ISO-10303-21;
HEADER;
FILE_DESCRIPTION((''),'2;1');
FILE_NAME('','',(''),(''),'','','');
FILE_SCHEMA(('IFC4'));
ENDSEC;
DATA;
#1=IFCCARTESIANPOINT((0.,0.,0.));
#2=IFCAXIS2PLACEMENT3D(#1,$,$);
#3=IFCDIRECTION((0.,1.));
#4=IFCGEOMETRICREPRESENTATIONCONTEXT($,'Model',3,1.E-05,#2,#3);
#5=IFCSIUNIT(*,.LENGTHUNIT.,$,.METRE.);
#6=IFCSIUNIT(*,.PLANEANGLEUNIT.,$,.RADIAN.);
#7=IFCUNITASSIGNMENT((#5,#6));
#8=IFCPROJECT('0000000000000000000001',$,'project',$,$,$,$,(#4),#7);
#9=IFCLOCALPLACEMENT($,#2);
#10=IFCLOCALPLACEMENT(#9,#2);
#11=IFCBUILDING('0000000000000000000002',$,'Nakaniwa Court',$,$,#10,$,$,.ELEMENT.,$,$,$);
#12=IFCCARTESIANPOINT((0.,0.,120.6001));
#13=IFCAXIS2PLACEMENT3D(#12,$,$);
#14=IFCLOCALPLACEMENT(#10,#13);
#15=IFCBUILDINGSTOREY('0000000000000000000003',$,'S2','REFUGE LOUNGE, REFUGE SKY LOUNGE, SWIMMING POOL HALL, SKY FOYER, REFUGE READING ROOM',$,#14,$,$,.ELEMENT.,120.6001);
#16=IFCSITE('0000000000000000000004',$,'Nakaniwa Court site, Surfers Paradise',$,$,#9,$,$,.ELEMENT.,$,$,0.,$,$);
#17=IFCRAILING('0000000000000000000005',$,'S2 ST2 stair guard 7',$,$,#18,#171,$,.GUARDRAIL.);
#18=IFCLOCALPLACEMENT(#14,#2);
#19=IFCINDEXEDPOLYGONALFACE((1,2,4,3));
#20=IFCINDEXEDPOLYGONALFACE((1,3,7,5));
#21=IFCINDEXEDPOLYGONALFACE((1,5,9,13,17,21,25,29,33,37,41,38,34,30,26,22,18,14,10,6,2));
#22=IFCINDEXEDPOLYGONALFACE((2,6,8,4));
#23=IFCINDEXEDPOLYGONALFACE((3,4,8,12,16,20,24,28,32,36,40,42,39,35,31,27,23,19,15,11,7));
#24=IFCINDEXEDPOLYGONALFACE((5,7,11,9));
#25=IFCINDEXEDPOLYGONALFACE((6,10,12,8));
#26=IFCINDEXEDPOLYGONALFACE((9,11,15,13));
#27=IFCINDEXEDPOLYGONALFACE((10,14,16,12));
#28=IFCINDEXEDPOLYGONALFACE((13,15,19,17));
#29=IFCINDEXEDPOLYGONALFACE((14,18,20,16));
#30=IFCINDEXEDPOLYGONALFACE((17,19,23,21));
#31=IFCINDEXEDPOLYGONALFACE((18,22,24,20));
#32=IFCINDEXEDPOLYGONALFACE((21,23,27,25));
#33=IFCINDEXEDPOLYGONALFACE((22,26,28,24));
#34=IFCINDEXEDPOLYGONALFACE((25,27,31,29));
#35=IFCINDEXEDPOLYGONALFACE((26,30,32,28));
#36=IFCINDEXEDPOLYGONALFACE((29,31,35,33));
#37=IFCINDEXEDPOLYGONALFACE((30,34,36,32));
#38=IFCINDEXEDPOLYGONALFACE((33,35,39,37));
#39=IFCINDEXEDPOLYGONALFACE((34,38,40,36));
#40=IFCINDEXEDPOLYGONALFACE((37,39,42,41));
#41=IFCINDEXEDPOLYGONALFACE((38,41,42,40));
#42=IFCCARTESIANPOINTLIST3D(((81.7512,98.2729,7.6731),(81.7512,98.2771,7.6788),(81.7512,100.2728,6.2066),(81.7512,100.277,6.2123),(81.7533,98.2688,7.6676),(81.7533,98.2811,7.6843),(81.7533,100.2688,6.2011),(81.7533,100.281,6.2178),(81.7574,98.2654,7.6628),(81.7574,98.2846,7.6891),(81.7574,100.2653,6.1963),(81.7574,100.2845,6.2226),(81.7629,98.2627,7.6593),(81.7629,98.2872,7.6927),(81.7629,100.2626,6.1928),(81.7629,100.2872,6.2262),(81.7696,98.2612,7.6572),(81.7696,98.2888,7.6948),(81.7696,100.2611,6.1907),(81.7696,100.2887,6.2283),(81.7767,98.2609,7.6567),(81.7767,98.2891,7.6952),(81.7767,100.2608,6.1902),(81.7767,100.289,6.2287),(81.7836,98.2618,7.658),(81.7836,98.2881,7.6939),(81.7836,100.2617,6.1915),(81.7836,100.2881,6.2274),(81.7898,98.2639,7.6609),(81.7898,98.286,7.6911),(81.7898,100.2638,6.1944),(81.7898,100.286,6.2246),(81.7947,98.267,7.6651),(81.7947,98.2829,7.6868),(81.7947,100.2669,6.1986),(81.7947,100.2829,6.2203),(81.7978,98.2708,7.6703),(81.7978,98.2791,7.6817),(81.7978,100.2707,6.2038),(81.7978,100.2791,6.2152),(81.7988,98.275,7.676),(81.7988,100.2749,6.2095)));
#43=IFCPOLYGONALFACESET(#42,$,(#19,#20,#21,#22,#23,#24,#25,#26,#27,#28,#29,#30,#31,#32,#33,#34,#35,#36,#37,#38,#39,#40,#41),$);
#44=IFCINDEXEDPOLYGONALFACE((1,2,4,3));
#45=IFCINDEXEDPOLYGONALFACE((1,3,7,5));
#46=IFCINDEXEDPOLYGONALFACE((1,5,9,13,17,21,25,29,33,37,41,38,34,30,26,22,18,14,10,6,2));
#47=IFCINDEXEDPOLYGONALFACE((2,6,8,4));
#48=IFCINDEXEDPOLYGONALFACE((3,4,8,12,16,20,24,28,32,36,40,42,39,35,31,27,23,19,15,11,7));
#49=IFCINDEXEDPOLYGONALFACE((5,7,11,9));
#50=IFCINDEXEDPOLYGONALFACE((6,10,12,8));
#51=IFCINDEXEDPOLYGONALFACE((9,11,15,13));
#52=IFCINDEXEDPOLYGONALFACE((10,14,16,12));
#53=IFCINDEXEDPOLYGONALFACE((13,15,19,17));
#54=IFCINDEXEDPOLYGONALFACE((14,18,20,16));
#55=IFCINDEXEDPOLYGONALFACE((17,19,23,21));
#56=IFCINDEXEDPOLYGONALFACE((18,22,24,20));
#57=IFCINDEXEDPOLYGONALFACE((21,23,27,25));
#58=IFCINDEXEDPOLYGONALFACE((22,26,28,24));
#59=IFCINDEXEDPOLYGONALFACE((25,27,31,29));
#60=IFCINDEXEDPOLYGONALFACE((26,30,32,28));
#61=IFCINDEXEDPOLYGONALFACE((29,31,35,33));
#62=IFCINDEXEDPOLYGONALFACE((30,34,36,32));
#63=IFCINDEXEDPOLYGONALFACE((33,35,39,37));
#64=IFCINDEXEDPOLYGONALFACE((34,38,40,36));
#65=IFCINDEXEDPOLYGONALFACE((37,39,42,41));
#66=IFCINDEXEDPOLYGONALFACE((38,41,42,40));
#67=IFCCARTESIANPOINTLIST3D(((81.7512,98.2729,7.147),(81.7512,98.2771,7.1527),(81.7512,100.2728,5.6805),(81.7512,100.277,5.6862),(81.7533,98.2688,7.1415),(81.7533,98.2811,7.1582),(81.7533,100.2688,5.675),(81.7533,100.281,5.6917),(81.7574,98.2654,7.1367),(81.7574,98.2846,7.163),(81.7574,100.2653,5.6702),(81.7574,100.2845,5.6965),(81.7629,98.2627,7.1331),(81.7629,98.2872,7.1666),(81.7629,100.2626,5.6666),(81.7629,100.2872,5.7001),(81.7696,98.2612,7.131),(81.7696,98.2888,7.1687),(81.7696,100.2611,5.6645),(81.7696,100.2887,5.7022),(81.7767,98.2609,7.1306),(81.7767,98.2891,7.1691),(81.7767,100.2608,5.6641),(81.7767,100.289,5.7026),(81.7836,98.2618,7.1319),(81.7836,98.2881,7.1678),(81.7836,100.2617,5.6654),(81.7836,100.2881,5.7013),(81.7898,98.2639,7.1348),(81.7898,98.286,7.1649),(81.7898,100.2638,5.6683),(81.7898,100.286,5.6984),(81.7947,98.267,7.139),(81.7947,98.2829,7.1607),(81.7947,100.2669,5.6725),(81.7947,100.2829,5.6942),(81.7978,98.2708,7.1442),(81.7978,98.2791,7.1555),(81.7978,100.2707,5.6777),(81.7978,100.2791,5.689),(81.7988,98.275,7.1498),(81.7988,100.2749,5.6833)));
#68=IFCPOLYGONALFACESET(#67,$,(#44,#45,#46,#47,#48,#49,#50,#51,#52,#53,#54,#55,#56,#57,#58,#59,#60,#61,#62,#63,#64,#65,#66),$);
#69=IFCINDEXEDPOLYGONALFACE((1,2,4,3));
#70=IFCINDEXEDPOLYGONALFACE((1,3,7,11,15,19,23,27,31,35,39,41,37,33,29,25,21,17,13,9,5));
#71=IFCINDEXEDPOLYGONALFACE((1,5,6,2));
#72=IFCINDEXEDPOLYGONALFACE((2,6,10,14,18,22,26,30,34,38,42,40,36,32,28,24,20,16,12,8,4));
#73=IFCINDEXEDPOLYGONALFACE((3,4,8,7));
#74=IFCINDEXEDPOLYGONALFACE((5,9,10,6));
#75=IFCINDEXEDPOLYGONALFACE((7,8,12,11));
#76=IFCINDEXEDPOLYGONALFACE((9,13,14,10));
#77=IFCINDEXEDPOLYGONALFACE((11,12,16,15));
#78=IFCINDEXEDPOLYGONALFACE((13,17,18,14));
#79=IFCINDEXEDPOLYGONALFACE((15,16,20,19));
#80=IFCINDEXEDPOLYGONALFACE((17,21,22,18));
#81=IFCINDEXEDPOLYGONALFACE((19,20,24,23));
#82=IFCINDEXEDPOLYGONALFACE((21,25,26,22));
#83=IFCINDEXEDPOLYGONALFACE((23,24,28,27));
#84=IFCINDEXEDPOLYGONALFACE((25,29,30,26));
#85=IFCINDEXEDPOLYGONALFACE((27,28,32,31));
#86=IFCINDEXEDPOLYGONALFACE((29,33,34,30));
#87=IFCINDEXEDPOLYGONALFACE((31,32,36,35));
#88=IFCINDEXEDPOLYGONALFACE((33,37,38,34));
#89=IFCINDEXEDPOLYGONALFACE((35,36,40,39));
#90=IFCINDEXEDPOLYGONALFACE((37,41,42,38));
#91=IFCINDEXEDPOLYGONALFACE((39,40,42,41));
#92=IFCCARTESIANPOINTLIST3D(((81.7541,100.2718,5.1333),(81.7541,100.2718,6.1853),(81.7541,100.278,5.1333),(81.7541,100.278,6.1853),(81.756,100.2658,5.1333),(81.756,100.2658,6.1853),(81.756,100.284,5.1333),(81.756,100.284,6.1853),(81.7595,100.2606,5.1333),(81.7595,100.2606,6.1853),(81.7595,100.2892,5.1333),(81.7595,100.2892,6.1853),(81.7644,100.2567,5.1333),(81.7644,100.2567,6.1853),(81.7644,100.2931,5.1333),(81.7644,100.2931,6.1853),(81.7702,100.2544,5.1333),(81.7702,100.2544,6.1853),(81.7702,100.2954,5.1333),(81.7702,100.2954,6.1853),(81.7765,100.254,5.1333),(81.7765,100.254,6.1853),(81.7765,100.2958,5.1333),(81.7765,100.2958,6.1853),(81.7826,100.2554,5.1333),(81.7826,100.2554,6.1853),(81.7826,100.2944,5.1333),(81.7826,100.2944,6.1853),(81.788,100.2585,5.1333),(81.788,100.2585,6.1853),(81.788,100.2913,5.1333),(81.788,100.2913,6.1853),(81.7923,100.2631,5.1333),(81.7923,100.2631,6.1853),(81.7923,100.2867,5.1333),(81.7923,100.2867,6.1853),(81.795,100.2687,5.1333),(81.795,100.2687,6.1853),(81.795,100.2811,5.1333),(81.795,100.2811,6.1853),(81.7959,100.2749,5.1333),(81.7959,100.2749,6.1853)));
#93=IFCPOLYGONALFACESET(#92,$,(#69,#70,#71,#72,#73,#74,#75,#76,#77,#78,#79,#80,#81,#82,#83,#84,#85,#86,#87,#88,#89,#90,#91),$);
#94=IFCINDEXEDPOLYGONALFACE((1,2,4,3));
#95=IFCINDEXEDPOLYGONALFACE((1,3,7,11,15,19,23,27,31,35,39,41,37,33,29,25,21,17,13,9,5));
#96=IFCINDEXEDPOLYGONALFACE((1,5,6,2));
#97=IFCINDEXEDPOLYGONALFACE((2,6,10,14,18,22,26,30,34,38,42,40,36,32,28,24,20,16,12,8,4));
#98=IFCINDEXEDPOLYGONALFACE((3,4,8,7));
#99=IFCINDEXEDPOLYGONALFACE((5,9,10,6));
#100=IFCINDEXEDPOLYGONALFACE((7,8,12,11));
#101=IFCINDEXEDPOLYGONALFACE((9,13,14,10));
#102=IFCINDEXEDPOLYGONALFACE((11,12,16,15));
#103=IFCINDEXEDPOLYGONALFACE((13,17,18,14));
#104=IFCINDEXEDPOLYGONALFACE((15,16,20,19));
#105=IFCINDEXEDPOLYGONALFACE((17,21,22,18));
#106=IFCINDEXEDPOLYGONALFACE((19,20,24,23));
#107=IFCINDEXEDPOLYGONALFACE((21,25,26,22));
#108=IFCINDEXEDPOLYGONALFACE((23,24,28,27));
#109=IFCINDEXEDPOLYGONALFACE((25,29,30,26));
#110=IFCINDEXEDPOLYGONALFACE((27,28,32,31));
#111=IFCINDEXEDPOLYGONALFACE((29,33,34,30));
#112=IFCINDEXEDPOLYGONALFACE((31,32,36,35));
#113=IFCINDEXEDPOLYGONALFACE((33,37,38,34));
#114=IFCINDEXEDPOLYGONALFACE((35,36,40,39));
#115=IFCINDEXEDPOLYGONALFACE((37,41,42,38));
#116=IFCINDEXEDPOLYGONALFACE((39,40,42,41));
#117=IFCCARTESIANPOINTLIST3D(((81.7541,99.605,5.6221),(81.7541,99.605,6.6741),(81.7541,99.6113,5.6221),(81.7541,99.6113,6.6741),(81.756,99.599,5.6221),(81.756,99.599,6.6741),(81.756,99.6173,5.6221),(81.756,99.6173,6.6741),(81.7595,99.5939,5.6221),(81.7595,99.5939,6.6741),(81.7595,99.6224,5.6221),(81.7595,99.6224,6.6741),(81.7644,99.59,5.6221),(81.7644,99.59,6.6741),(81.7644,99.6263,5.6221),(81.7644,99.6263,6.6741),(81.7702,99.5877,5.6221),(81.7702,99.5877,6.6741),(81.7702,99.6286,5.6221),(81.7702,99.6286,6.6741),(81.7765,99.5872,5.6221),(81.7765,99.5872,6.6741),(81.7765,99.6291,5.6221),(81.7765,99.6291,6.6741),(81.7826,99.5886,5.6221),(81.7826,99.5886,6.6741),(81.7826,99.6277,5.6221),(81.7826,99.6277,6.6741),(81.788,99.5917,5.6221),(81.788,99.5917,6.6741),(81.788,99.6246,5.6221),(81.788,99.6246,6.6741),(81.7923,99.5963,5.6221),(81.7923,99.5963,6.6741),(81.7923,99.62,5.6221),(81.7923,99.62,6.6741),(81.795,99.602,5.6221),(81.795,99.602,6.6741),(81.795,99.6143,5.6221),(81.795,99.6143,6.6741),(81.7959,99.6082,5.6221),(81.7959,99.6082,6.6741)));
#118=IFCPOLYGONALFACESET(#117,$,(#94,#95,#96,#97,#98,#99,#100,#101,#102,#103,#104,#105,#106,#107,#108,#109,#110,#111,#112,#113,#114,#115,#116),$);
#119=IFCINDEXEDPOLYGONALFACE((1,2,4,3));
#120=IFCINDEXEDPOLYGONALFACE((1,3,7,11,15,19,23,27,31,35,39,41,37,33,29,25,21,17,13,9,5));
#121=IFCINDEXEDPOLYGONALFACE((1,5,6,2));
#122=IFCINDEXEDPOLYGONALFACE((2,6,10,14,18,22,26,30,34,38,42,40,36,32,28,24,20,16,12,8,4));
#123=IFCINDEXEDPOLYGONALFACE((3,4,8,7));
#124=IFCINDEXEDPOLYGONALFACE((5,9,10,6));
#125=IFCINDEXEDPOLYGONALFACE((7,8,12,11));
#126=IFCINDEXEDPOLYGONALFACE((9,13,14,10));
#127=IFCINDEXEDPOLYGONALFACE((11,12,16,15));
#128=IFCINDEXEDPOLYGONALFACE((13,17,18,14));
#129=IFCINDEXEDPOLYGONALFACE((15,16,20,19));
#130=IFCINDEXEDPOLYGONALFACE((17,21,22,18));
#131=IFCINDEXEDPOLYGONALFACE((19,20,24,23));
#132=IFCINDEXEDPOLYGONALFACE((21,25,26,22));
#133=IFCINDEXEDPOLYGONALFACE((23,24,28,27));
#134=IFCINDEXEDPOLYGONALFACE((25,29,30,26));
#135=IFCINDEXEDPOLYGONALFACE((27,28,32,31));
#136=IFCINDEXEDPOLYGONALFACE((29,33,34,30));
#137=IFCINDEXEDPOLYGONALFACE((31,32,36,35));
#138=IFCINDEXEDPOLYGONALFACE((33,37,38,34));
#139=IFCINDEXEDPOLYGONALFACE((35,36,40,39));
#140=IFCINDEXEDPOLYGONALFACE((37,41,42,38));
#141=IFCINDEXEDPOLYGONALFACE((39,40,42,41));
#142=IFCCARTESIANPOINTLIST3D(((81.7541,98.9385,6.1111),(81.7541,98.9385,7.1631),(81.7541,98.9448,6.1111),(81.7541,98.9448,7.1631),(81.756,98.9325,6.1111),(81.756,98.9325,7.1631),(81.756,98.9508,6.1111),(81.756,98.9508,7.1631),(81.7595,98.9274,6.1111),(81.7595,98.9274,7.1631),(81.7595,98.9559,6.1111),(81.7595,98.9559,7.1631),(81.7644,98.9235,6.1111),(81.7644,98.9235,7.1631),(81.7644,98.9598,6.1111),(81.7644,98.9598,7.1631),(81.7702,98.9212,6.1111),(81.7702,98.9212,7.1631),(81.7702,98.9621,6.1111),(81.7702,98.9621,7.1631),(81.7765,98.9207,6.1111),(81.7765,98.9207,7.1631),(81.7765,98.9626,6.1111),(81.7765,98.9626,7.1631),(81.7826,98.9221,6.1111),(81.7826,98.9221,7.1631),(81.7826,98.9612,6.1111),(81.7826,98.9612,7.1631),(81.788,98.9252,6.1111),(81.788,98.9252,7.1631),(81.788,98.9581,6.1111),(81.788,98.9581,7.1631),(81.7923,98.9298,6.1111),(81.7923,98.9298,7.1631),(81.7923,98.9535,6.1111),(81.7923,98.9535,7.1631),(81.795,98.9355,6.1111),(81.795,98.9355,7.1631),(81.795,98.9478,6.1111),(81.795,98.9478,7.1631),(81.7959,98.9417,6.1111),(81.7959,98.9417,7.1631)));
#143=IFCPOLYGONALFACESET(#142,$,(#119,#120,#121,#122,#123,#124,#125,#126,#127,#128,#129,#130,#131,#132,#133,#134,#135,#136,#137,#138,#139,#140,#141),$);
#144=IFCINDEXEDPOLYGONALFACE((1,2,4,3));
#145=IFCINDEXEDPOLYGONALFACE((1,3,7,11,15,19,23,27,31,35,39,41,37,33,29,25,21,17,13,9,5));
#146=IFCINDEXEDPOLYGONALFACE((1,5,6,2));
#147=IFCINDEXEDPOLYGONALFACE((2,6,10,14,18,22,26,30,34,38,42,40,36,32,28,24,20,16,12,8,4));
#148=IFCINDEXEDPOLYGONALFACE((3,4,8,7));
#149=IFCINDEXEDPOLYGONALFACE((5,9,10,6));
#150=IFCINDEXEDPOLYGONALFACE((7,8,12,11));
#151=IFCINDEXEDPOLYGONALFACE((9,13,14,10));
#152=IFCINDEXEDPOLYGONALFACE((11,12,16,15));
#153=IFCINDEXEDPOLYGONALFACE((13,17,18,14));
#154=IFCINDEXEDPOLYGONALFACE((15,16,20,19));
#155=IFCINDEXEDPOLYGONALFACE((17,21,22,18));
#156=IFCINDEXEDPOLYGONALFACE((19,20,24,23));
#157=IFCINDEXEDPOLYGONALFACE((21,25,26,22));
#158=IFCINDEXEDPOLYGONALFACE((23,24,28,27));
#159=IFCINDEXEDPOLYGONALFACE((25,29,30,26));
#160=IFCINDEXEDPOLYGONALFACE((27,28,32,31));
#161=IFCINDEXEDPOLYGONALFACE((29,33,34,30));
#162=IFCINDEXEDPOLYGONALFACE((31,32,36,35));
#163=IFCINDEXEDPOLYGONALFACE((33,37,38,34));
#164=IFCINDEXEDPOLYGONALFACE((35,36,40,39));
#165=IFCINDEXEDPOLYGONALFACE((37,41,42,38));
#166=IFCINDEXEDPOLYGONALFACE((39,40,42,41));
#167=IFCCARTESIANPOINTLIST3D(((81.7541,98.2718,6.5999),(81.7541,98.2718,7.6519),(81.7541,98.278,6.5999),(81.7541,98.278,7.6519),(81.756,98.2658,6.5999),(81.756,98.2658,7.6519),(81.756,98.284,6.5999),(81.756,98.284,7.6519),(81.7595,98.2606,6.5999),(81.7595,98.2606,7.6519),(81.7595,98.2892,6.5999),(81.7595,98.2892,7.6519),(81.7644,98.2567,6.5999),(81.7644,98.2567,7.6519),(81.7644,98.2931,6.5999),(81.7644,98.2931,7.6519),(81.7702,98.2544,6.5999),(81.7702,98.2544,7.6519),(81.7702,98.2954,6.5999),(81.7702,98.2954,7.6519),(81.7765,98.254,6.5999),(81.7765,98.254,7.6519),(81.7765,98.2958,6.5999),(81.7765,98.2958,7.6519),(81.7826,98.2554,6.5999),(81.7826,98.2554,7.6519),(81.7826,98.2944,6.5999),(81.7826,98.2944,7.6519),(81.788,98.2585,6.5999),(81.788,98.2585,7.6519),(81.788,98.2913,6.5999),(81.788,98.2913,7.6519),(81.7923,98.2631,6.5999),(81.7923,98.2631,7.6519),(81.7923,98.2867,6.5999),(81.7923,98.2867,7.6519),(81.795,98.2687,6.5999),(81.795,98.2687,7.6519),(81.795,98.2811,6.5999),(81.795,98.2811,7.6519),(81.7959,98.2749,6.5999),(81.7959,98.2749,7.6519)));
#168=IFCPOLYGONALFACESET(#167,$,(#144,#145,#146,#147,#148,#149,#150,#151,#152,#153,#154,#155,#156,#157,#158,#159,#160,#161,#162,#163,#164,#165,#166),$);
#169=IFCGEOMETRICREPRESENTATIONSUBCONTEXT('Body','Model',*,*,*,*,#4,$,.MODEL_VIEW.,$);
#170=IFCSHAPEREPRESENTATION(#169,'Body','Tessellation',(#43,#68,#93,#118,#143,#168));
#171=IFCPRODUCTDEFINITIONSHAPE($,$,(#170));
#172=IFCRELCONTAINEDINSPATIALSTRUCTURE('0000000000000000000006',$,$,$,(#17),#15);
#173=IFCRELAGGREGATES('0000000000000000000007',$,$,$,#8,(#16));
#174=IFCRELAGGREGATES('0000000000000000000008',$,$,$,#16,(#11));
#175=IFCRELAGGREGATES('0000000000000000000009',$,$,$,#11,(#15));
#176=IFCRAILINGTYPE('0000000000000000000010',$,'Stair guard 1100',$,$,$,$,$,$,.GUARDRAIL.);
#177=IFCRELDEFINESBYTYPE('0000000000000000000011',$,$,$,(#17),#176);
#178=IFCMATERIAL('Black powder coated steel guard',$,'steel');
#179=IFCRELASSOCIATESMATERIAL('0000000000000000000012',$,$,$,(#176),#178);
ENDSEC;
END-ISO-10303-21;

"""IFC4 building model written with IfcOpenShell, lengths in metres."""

from ifc_helpers import new_model, si_unit, direction, frame, origin, origin_2d, place, context, subcontext, project, spatial, circle, extrude, material, type_object, element, save


model = new_model("IFC4")

# Units and contexts
model_context = context("Model", 3, precision=1e-05, world=origin(), true_north=direction((0.0, 1.0)))
body_context = subcontext(model_context, "Body", "Model", "MODEL_VIEW")
ifc_project = project(units=[si_unit("LENGTHUNIT", "METRE"), si_unit("PLANEANGLEUNIT", "RADIAN")], contexts=[model_context])

# Site, building, storey
site_placement = place(None, origin())
site = spatial("IfcSite", under=ifc_project, at=site_placement, Name="Nakaniwa Court site, Surfers Paradise", CompositionType="ELEMENT", RefElevation=0.0)
building_placement = place(site_placement, origin())
building = spatial("IfcBuilding", under=site, at=building_placement, Name="Nakaniwa Court", CompositionType="ELEMENT")
storey_placement = place(building_placement, frame((0.0, 0.0, 120.6001)))
storey = spatial("IfcBuildingStorey", under=building, at=storey_placement, Name="S2", Description="REFUGE LOUNGE, REFUGE SKY LOUNGE, SWIMMING POOL HALL, SKY FOYER, REFUGE READING ROOM", CompositionType="ELEMENT", Elevation=120.6001)

# Railing
ifc_material_1 = material(Name="Black powder coated steel guard", Category="steel")
railing_type_1 = type_object("IfcRailingType", Name="Stair guard 1100", PredefinedType="GUARDRAIL", material=ifc_material_1)
railing_1_placement = place(storey_placement, frame((81.7749, 100.2749, 5.1333)))
element("IfcRailing", 1, at=railing_1_placement, inside=storey, type_object=railing_type_1, Name="S2 ST2 stair guard 7", PredefinedType="GUARDRAIL", context=body_context, shape_type="SweptSolid", body=[
    extrude(circle(Radius=0.0239, at=origin_2d()), frame((0.0, 0.0, 1.0762), z_axis=(0.0, -0.806427, 0.591334), x_axis=(1.0, 0.0, 0.0)), (0.0, 0.0, 1.0), 2.48),
    extrude(circle(Radius=0.0239, at=origin_2d()), frame((0.0, 0.0, 0.55), z_axis=(0.0, -0.806427, 0.591334), x_axis=(1.0, 0.0, 0.0)), (0.0, 0.0, 1.0), 2.48),
    extrude(circle(Radius=0.021, at=origin_2d()), origin(), (0.0, 0.0, 1.0), 1.052),
    extrude(circle(Radius=0.021, at=origin_2d()), frame((0.0, -0.6667, 0.4888)), (0.0, 0.0, 1.0), 1.052),
    extrude(circle(Radius=0.021, at=origin_2d()), frame((0.0, -1.3333, 0.9778)), (0.0, 0.0, 1.0), 1.052),
    extrude(circle(Radius=0.021, at=origin_2d()), frame((0.0, -2.0, 1.4666)), (0.0, 0.0, 1.0), 1.052),
])

save(model, "model.ifc")
